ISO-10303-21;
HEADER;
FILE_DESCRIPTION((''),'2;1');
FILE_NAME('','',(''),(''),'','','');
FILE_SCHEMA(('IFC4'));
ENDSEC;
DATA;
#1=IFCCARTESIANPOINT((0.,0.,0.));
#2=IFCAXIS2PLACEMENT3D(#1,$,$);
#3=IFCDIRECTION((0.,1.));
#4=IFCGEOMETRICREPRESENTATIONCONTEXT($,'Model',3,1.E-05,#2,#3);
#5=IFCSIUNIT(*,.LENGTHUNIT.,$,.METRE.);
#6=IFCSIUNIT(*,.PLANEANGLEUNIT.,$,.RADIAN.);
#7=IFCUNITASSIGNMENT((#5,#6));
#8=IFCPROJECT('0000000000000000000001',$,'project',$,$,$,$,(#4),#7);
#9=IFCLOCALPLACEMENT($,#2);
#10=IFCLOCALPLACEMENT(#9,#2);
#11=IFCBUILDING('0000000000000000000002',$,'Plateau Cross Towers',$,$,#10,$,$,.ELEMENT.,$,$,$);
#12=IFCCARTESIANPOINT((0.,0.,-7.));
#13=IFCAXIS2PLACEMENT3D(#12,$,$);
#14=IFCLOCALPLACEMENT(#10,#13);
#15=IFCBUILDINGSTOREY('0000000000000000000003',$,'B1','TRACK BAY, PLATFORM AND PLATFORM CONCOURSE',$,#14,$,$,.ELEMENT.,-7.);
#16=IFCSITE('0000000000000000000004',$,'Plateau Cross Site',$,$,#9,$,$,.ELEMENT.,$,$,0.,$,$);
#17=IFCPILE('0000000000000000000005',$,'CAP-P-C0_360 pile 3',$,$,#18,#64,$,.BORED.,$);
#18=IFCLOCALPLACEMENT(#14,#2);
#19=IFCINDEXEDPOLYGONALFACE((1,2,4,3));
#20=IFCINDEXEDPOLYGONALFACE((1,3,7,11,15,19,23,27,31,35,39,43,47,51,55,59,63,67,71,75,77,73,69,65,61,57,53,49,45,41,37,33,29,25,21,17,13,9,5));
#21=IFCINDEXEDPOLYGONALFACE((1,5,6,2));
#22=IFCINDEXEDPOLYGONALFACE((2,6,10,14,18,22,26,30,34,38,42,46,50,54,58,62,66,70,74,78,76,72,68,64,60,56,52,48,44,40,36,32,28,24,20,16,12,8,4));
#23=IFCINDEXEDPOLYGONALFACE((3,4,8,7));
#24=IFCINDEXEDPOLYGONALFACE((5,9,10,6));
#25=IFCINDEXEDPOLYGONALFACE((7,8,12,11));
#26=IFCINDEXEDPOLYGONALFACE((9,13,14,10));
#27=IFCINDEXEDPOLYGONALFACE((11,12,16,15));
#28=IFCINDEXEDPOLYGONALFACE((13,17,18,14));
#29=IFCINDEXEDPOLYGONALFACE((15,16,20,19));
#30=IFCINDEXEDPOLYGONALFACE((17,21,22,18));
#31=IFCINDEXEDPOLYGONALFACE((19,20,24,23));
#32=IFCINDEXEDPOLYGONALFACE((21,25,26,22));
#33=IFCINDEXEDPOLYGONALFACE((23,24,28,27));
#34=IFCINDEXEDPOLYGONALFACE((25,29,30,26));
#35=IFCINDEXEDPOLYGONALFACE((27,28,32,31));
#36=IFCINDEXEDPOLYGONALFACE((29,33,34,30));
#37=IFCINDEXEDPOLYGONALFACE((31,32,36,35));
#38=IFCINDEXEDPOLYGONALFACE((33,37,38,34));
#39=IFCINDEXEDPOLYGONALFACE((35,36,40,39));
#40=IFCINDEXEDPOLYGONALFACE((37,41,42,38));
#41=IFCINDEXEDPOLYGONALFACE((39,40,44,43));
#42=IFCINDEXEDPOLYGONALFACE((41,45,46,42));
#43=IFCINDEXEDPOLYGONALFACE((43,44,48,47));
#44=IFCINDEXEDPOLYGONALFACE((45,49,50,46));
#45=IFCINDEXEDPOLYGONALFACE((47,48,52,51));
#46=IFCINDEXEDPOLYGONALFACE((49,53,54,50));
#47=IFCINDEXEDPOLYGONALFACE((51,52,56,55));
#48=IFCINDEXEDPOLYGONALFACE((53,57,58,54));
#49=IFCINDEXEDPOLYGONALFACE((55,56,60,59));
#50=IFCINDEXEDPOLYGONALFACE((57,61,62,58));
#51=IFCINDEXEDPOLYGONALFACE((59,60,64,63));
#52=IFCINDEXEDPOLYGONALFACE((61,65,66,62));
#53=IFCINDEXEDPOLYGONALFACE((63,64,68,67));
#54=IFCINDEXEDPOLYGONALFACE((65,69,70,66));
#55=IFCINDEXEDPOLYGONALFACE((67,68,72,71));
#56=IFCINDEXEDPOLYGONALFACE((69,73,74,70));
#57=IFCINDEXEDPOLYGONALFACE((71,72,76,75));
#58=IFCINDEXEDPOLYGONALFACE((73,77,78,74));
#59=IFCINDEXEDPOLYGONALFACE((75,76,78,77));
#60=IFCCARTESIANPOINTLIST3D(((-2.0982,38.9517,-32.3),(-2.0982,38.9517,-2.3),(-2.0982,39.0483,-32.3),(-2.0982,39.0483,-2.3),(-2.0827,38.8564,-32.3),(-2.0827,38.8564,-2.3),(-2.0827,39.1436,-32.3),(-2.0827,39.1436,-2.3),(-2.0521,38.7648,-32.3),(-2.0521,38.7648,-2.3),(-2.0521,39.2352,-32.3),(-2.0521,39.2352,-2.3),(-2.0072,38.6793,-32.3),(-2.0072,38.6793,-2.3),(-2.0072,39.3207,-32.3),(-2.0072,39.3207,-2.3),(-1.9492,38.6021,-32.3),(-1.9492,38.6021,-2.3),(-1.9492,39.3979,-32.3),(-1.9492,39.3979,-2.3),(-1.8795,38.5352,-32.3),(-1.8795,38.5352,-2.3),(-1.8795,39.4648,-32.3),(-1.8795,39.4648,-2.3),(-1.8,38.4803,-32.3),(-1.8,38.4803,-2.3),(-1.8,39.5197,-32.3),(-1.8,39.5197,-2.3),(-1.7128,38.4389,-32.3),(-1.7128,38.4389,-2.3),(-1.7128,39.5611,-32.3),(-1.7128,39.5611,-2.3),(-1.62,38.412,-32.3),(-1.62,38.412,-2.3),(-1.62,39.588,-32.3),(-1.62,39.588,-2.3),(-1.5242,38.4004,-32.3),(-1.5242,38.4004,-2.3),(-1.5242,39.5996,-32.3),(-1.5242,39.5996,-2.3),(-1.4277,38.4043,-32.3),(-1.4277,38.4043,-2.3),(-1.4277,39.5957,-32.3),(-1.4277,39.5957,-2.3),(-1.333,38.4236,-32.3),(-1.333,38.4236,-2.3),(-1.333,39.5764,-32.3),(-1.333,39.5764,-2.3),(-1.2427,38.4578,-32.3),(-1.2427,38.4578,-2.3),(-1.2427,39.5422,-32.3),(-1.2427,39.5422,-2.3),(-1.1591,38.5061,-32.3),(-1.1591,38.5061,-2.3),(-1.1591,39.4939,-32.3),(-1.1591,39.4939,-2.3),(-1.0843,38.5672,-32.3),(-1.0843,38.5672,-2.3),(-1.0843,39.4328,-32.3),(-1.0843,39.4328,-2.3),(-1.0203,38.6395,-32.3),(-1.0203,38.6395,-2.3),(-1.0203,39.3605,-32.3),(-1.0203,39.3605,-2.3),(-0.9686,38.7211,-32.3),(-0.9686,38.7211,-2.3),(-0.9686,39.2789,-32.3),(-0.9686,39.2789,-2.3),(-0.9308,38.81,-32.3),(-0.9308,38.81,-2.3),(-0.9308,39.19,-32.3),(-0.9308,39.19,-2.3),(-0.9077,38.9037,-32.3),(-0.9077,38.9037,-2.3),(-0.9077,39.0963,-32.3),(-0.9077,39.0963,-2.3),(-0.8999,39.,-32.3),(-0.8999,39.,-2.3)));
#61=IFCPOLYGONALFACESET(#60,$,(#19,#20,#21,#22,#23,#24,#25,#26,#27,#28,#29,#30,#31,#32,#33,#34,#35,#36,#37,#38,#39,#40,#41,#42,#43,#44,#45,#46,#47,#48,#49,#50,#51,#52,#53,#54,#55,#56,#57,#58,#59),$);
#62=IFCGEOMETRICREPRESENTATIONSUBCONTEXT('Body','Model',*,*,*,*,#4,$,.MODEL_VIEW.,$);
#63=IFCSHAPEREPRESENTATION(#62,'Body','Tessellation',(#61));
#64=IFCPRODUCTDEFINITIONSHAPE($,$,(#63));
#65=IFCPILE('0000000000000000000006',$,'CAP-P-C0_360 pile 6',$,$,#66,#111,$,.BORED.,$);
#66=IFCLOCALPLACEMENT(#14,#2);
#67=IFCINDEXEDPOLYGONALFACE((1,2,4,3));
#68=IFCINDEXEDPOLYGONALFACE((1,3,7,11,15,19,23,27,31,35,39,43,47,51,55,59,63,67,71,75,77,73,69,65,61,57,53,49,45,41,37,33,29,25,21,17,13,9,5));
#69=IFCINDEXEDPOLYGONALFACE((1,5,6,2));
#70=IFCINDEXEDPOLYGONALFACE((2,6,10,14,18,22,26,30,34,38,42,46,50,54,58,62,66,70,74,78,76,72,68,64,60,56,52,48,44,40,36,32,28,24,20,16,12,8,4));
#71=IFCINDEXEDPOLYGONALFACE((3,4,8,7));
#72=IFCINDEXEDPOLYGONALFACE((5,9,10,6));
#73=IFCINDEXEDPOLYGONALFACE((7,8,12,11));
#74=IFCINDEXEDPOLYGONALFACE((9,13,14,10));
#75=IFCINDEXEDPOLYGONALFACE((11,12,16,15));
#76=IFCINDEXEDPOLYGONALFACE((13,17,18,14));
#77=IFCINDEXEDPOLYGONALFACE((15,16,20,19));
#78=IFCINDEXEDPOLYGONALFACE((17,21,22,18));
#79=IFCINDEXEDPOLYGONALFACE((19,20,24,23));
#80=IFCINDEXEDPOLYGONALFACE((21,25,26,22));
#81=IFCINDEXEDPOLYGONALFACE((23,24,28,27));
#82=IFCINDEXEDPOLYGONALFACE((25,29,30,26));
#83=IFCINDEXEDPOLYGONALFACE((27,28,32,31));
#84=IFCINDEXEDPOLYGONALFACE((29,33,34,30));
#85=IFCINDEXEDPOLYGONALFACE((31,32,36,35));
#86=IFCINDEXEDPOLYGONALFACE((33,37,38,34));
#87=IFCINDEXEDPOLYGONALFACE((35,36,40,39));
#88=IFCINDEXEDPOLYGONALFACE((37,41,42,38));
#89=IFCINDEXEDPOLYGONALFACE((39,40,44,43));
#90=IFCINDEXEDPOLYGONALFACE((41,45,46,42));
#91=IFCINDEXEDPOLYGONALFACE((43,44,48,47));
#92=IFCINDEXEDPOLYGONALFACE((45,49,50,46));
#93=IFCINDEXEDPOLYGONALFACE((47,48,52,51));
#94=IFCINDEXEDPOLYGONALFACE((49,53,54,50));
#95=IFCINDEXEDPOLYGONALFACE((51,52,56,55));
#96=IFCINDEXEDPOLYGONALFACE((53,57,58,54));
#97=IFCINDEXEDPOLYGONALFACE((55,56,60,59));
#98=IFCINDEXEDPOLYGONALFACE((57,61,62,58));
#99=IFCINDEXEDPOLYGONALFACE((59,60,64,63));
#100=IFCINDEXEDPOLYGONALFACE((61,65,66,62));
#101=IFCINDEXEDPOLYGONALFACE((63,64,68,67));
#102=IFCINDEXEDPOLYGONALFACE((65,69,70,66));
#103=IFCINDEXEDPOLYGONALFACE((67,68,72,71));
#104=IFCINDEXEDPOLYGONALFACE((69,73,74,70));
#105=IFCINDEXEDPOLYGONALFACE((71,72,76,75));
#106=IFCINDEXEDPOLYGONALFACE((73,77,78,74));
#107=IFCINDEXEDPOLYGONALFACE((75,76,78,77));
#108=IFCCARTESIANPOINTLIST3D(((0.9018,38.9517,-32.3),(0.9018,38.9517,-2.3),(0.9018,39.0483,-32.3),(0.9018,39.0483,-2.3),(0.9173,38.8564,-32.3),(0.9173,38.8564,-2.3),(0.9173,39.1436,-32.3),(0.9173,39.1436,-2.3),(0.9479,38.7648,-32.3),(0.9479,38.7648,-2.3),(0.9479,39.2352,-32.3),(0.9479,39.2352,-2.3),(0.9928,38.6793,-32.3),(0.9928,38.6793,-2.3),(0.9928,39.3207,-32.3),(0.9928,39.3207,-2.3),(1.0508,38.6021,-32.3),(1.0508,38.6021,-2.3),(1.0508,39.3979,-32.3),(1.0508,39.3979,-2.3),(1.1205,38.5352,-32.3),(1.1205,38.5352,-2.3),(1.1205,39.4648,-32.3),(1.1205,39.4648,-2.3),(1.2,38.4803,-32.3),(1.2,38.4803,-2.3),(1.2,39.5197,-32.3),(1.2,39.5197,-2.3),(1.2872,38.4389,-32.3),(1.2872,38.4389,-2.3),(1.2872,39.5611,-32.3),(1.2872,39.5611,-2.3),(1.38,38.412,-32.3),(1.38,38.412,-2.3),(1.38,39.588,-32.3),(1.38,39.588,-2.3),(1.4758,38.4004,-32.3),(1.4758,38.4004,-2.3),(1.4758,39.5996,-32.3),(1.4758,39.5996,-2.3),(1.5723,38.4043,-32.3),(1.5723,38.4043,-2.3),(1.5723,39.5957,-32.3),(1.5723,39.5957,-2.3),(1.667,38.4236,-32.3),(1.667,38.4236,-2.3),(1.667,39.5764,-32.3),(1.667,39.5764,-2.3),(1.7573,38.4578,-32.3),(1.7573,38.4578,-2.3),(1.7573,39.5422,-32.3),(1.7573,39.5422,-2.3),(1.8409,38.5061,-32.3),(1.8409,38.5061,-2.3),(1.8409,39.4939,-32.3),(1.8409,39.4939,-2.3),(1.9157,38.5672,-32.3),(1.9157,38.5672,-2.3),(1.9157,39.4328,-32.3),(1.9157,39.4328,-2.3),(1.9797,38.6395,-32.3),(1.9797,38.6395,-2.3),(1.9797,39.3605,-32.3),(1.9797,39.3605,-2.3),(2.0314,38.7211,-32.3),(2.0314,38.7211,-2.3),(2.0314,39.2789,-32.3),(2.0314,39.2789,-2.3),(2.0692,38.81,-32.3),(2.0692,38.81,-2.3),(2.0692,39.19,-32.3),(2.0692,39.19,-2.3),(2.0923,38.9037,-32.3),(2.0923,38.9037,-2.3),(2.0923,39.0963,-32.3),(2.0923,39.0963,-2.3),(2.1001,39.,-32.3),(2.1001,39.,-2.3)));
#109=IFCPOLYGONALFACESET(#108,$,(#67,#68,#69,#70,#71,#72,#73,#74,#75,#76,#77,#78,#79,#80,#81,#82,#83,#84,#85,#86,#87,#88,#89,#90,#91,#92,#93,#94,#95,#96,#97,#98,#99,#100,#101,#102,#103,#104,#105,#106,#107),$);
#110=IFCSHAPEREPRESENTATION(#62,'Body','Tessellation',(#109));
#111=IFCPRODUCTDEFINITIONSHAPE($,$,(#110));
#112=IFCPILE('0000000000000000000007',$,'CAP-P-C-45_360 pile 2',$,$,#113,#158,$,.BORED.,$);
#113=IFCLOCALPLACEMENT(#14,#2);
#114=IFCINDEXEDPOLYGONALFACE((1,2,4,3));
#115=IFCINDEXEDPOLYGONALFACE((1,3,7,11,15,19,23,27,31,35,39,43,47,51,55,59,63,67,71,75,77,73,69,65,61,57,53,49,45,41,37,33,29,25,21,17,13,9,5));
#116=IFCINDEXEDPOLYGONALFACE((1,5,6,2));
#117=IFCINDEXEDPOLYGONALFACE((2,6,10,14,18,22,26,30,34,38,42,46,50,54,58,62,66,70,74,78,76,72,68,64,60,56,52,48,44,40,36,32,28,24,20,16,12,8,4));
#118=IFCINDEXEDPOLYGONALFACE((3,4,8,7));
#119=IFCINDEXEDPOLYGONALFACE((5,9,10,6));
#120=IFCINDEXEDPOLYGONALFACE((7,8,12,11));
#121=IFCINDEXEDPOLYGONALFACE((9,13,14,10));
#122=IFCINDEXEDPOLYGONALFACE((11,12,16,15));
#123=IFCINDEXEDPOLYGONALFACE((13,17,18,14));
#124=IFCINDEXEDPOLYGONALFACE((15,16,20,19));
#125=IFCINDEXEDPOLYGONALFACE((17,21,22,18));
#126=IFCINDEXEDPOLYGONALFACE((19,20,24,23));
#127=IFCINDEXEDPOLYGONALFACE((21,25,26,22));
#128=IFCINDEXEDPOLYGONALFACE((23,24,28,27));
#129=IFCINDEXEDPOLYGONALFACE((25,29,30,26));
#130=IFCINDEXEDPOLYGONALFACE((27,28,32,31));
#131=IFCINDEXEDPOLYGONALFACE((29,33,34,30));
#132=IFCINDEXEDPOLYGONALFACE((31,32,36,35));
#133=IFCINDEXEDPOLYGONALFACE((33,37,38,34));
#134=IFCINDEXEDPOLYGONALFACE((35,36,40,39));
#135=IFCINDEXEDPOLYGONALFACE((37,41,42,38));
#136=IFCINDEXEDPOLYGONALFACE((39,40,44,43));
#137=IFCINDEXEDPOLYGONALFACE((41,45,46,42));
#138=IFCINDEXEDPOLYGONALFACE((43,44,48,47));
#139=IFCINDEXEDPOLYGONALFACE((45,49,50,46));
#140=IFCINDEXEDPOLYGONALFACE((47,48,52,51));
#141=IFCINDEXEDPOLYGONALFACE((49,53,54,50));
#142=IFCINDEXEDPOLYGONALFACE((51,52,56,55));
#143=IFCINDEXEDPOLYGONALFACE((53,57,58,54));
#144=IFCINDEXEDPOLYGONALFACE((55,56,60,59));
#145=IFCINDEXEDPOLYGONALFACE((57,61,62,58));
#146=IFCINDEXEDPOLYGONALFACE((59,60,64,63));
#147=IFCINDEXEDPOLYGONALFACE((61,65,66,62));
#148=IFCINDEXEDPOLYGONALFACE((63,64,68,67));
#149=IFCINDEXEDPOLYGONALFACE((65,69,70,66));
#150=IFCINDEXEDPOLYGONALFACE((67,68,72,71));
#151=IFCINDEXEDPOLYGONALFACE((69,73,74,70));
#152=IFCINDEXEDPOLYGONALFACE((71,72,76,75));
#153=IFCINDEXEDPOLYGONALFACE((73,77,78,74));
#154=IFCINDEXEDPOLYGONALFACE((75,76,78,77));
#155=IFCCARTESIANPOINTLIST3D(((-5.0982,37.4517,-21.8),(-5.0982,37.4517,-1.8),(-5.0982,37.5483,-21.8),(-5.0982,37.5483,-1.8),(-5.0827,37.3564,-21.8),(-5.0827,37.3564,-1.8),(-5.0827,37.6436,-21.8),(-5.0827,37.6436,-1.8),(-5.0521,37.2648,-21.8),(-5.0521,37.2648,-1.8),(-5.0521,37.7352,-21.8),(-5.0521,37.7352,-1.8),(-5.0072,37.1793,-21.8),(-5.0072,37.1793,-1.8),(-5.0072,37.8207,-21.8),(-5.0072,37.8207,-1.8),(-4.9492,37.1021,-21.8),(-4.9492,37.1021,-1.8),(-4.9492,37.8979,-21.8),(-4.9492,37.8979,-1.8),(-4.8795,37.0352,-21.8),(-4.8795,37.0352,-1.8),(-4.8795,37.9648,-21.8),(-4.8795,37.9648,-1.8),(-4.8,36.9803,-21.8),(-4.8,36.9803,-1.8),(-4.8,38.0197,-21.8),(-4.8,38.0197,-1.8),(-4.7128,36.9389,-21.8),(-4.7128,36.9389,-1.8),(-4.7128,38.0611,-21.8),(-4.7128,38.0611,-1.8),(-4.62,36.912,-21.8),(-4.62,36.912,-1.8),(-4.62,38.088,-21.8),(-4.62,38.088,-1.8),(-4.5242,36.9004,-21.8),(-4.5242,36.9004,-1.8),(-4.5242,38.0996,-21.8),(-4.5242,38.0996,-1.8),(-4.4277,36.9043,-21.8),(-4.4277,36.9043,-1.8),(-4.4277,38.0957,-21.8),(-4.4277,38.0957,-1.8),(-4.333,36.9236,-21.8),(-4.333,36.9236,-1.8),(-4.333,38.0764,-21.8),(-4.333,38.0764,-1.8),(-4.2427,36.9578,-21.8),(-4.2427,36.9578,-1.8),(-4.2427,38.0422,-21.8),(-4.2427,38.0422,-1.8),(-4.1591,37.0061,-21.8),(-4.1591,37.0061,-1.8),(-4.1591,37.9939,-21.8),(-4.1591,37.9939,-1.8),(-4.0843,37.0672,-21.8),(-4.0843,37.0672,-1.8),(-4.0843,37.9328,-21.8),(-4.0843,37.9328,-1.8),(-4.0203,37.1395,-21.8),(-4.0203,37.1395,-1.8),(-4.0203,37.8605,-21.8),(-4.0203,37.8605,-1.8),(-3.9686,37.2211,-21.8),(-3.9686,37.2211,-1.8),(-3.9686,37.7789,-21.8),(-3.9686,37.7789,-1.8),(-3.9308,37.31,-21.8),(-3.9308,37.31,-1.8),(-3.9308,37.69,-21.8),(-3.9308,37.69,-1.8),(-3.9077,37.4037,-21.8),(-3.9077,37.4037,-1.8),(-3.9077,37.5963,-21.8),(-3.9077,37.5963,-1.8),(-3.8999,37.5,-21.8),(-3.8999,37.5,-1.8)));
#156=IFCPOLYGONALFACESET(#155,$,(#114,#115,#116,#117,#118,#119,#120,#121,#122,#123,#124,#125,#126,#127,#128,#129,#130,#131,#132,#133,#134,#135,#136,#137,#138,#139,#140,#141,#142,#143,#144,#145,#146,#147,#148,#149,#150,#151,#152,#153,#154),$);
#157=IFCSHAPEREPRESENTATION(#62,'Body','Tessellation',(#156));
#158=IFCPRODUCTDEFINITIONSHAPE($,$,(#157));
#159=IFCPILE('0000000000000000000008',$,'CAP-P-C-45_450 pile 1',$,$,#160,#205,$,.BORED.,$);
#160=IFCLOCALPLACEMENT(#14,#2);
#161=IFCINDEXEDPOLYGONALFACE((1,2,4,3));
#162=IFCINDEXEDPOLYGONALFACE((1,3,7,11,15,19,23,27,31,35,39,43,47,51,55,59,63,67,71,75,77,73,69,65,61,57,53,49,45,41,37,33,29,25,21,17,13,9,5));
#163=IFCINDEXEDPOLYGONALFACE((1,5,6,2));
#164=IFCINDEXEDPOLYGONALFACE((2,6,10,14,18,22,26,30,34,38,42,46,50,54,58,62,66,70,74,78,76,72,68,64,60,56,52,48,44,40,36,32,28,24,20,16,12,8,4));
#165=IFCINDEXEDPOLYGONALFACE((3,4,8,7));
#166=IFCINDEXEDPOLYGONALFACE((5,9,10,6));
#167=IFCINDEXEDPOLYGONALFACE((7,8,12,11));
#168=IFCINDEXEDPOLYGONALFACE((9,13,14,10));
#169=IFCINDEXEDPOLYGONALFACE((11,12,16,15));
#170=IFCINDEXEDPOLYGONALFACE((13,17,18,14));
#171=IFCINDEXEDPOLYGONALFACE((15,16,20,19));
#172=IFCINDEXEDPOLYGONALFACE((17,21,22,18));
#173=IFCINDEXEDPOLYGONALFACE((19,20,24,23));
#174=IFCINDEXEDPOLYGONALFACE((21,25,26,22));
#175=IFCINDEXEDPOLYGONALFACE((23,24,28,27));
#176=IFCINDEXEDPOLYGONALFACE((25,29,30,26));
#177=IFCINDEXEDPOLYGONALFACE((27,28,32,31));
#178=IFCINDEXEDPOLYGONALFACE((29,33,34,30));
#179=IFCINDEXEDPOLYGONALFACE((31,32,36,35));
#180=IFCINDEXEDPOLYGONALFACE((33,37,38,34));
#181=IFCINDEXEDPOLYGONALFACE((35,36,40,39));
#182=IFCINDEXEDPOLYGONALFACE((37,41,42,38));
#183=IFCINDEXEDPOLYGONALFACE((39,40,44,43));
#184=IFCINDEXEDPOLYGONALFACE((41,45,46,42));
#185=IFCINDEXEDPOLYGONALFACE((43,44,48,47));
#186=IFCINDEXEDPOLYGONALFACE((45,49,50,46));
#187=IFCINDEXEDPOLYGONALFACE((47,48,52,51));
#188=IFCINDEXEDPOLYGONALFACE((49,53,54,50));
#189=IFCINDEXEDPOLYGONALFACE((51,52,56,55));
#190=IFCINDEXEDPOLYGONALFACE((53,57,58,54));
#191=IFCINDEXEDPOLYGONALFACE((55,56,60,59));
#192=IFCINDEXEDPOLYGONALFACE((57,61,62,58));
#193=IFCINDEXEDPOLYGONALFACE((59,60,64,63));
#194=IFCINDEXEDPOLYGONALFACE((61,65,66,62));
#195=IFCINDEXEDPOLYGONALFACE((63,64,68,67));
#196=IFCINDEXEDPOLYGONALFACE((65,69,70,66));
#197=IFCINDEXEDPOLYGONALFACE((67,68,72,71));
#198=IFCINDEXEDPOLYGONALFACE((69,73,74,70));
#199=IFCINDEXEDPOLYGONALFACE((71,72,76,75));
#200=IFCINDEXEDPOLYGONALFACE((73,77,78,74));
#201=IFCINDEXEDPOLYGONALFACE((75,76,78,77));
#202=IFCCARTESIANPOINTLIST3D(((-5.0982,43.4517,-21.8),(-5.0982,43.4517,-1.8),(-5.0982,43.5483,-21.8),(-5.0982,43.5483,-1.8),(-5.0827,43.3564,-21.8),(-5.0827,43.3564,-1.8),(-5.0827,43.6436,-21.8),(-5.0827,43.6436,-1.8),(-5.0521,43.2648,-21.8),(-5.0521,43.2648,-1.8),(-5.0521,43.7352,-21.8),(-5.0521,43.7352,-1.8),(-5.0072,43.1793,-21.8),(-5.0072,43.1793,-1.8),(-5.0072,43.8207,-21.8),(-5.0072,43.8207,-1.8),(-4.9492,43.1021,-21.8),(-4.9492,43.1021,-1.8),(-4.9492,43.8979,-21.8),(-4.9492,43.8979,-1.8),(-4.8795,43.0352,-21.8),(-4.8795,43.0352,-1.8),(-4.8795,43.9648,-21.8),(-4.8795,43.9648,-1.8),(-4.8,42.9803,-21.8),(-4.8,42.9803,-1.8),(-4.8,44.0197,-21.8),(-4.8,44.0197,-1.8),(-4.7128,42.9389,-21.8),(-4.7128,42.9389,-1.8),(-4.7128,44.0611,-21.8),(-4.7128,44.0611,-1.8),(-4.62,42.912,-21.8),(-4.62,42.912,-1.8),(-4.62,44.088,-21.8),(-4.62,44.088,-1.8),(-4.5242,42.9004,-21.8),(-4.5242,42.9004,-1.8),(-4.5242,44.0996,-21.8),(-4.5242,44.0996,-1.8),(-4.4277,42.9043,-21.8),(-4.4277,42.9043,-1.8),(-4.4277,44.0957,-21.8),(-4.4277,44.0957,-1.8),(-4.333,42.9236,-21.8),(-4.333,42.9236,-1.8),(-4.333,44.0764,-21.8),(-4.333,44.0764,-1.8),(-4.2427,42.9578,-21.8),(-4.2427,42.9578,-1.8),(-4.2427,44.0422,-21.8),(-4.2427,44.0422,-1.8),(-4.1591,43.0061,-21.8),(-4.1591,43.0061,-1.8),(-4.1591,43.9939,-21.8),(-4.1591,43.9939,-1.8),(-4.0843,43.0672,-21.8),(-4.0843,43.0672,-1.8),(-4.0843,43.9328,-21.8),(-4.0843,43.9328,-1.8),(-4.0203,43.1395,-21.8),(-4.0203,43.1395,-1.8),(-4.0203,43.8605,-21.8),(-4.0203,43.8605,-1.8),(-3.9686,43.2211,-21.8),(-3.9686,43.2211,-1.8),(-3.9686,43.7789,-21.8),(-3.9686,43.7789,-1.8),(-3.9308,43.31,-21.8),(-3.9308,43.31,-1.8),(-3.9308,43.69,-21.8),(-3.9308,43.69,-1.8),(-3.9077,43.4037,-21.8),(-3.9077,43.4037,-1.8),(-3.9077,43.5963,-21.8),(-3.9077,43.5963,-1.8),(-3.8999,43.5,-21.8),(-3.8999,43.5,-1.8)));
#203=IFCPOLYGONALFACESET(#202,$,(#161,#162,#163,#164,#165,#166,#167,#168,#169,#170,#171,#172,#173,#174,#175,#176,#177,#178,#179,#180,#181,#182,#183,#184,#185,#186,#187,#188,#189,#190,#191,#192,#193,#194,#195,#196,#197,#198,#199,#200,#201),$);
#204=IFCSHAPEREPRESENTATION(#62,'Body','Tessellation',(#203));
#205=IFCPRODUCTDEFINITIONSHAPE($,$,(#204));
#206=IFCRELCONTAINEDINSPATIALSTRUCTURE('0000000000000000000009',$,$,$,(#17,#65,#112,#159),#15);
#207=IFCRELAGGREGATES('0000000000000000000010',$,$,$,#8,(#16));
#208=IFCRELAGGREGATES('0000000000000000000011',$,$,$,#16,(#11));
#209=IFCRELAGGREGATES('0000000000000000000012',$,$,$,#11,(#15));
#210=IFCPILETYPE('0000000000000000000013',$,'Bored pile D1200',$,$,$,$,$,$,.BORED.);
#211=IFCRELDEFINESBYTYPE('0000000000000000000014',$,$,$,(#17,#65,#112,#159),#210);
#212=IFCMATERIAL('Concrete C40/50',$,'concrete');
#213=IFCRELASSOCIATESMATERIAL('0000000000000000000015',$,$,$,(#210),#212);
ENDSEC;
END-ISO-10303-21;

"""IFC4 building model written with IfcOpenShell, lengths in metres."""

from ifc_helpers import new_model, si_unit, direction, frame, origin, origin_2d, place, context, subcontext, project, spatial, circle, extrude, material, material_profile, profile_set, type_object, element, save


model = new_model("IFC4")

# Units and contexts
model_context = context("Model", 3, precision=1e-05, world=origin(), true_north=direction((0.0, 1.0)))
body_context = subcontext(model_context, "Body", "Model", "MODEL_VIEW")
ifc_project = project(units=[si_unit("LENGTHUNIT", "METRE"), si_unit("PLANEANGLEUNIT", "RADIAN")], contexts=[model_context])

# Site, building, storey
site_placement = place(None, origin())
site = spatial("IfcSite", under=ifc_project, at=site_placement, Name="Plateau Cross Site", CompositionType="ELEMENT", RefElevation=0.0)
building_placement = place(site_placement, origin())
building = spatial("IfcBuilding", under=site, at=building_placement, Name="Plateau Cross Towers", CompositionType="ELEMENT")
storey_placement = place(building_placement, frame((0.0, 0.0, -7.0)))
storey = spatial("IfcBuildingStorey", under=building, at=storey_placement, Name="B1", Description="TRACK BAY, PLATFORM AND PLATFORM CONCOURSE", CompositionType="ELEMENT", Elevation=-7.0)

# Piles
ifc_material_1 = material(Name="Concrete C40/50", Category="concrete")
ifc_material_profile_1 = material_profile(ifc_material_1, circle(Radius=0.6001, at=origin_2d()), Name="Bored pile D1200")
ifc_profile_set_1 = profile_set([ifc_material_profile_1], Name="Concrete C40/50")
pile_type = type_object("IfcPileType", Name="Bored pile D1200", PredefinedType="BORED", material=ifc_profile_set_1)
for number, where, z_axis, x_axis, name in (
    (1, (-1.5, 39.0, -2.3), (0.0, 0.0, -1.0), (1.0, 0.0, 0.0), "CAP-P-C0_360 pile 3"),
    (2, (1.5, 39.0, -2.3), (0.0, 0.0, -1.0), (1.0, 0.0, 0.0), "CAP-P-C0_360 pile 6"),
):
    element("IfcPile", number, at=place(storey_placement, frame(where, z_axis=z_axis, x_axis=x_axis)), inside=storey, type_object=pile_type, Name=name, PredefinedType="BORED", context=body_context, shape_type="SweptSolid", body=[
        extrude(circle(Radius=0.6001, at=origin_2d()), origin(), (0.0, 0.0, 1.0), 30.0),
    ])
for number, where, z_axis, x_axis, name in (
    (3, (-4.5, 37.5, -1.8), (0.0, 0.0, -1.0), (1.0, 0.0, 0.0), "CAP-P-C-45_360 pile 2"),
    (4, (-4.5, 43.5, -1.8), (0.0, 0.0, -1.0), (1.0, 0.0, 0.0), "CAP-P-C-45_450 pile 1"),
):
    element("IfcPile", number, at=place(storey_placement, frame(where, z_axis=z_axis, x_axis=x_axis)), inside=storey, type_object=pile_type, Name=name, PredefinedType="BORED", context=body_context, shape_type="SweptSolid", body=[
        extrude(circle(Radius=0.6001, at=origin_2d()), origin(), (0.0, 0.0, 1.0), 20.0),
    ])

save(model, "model.ifc")
